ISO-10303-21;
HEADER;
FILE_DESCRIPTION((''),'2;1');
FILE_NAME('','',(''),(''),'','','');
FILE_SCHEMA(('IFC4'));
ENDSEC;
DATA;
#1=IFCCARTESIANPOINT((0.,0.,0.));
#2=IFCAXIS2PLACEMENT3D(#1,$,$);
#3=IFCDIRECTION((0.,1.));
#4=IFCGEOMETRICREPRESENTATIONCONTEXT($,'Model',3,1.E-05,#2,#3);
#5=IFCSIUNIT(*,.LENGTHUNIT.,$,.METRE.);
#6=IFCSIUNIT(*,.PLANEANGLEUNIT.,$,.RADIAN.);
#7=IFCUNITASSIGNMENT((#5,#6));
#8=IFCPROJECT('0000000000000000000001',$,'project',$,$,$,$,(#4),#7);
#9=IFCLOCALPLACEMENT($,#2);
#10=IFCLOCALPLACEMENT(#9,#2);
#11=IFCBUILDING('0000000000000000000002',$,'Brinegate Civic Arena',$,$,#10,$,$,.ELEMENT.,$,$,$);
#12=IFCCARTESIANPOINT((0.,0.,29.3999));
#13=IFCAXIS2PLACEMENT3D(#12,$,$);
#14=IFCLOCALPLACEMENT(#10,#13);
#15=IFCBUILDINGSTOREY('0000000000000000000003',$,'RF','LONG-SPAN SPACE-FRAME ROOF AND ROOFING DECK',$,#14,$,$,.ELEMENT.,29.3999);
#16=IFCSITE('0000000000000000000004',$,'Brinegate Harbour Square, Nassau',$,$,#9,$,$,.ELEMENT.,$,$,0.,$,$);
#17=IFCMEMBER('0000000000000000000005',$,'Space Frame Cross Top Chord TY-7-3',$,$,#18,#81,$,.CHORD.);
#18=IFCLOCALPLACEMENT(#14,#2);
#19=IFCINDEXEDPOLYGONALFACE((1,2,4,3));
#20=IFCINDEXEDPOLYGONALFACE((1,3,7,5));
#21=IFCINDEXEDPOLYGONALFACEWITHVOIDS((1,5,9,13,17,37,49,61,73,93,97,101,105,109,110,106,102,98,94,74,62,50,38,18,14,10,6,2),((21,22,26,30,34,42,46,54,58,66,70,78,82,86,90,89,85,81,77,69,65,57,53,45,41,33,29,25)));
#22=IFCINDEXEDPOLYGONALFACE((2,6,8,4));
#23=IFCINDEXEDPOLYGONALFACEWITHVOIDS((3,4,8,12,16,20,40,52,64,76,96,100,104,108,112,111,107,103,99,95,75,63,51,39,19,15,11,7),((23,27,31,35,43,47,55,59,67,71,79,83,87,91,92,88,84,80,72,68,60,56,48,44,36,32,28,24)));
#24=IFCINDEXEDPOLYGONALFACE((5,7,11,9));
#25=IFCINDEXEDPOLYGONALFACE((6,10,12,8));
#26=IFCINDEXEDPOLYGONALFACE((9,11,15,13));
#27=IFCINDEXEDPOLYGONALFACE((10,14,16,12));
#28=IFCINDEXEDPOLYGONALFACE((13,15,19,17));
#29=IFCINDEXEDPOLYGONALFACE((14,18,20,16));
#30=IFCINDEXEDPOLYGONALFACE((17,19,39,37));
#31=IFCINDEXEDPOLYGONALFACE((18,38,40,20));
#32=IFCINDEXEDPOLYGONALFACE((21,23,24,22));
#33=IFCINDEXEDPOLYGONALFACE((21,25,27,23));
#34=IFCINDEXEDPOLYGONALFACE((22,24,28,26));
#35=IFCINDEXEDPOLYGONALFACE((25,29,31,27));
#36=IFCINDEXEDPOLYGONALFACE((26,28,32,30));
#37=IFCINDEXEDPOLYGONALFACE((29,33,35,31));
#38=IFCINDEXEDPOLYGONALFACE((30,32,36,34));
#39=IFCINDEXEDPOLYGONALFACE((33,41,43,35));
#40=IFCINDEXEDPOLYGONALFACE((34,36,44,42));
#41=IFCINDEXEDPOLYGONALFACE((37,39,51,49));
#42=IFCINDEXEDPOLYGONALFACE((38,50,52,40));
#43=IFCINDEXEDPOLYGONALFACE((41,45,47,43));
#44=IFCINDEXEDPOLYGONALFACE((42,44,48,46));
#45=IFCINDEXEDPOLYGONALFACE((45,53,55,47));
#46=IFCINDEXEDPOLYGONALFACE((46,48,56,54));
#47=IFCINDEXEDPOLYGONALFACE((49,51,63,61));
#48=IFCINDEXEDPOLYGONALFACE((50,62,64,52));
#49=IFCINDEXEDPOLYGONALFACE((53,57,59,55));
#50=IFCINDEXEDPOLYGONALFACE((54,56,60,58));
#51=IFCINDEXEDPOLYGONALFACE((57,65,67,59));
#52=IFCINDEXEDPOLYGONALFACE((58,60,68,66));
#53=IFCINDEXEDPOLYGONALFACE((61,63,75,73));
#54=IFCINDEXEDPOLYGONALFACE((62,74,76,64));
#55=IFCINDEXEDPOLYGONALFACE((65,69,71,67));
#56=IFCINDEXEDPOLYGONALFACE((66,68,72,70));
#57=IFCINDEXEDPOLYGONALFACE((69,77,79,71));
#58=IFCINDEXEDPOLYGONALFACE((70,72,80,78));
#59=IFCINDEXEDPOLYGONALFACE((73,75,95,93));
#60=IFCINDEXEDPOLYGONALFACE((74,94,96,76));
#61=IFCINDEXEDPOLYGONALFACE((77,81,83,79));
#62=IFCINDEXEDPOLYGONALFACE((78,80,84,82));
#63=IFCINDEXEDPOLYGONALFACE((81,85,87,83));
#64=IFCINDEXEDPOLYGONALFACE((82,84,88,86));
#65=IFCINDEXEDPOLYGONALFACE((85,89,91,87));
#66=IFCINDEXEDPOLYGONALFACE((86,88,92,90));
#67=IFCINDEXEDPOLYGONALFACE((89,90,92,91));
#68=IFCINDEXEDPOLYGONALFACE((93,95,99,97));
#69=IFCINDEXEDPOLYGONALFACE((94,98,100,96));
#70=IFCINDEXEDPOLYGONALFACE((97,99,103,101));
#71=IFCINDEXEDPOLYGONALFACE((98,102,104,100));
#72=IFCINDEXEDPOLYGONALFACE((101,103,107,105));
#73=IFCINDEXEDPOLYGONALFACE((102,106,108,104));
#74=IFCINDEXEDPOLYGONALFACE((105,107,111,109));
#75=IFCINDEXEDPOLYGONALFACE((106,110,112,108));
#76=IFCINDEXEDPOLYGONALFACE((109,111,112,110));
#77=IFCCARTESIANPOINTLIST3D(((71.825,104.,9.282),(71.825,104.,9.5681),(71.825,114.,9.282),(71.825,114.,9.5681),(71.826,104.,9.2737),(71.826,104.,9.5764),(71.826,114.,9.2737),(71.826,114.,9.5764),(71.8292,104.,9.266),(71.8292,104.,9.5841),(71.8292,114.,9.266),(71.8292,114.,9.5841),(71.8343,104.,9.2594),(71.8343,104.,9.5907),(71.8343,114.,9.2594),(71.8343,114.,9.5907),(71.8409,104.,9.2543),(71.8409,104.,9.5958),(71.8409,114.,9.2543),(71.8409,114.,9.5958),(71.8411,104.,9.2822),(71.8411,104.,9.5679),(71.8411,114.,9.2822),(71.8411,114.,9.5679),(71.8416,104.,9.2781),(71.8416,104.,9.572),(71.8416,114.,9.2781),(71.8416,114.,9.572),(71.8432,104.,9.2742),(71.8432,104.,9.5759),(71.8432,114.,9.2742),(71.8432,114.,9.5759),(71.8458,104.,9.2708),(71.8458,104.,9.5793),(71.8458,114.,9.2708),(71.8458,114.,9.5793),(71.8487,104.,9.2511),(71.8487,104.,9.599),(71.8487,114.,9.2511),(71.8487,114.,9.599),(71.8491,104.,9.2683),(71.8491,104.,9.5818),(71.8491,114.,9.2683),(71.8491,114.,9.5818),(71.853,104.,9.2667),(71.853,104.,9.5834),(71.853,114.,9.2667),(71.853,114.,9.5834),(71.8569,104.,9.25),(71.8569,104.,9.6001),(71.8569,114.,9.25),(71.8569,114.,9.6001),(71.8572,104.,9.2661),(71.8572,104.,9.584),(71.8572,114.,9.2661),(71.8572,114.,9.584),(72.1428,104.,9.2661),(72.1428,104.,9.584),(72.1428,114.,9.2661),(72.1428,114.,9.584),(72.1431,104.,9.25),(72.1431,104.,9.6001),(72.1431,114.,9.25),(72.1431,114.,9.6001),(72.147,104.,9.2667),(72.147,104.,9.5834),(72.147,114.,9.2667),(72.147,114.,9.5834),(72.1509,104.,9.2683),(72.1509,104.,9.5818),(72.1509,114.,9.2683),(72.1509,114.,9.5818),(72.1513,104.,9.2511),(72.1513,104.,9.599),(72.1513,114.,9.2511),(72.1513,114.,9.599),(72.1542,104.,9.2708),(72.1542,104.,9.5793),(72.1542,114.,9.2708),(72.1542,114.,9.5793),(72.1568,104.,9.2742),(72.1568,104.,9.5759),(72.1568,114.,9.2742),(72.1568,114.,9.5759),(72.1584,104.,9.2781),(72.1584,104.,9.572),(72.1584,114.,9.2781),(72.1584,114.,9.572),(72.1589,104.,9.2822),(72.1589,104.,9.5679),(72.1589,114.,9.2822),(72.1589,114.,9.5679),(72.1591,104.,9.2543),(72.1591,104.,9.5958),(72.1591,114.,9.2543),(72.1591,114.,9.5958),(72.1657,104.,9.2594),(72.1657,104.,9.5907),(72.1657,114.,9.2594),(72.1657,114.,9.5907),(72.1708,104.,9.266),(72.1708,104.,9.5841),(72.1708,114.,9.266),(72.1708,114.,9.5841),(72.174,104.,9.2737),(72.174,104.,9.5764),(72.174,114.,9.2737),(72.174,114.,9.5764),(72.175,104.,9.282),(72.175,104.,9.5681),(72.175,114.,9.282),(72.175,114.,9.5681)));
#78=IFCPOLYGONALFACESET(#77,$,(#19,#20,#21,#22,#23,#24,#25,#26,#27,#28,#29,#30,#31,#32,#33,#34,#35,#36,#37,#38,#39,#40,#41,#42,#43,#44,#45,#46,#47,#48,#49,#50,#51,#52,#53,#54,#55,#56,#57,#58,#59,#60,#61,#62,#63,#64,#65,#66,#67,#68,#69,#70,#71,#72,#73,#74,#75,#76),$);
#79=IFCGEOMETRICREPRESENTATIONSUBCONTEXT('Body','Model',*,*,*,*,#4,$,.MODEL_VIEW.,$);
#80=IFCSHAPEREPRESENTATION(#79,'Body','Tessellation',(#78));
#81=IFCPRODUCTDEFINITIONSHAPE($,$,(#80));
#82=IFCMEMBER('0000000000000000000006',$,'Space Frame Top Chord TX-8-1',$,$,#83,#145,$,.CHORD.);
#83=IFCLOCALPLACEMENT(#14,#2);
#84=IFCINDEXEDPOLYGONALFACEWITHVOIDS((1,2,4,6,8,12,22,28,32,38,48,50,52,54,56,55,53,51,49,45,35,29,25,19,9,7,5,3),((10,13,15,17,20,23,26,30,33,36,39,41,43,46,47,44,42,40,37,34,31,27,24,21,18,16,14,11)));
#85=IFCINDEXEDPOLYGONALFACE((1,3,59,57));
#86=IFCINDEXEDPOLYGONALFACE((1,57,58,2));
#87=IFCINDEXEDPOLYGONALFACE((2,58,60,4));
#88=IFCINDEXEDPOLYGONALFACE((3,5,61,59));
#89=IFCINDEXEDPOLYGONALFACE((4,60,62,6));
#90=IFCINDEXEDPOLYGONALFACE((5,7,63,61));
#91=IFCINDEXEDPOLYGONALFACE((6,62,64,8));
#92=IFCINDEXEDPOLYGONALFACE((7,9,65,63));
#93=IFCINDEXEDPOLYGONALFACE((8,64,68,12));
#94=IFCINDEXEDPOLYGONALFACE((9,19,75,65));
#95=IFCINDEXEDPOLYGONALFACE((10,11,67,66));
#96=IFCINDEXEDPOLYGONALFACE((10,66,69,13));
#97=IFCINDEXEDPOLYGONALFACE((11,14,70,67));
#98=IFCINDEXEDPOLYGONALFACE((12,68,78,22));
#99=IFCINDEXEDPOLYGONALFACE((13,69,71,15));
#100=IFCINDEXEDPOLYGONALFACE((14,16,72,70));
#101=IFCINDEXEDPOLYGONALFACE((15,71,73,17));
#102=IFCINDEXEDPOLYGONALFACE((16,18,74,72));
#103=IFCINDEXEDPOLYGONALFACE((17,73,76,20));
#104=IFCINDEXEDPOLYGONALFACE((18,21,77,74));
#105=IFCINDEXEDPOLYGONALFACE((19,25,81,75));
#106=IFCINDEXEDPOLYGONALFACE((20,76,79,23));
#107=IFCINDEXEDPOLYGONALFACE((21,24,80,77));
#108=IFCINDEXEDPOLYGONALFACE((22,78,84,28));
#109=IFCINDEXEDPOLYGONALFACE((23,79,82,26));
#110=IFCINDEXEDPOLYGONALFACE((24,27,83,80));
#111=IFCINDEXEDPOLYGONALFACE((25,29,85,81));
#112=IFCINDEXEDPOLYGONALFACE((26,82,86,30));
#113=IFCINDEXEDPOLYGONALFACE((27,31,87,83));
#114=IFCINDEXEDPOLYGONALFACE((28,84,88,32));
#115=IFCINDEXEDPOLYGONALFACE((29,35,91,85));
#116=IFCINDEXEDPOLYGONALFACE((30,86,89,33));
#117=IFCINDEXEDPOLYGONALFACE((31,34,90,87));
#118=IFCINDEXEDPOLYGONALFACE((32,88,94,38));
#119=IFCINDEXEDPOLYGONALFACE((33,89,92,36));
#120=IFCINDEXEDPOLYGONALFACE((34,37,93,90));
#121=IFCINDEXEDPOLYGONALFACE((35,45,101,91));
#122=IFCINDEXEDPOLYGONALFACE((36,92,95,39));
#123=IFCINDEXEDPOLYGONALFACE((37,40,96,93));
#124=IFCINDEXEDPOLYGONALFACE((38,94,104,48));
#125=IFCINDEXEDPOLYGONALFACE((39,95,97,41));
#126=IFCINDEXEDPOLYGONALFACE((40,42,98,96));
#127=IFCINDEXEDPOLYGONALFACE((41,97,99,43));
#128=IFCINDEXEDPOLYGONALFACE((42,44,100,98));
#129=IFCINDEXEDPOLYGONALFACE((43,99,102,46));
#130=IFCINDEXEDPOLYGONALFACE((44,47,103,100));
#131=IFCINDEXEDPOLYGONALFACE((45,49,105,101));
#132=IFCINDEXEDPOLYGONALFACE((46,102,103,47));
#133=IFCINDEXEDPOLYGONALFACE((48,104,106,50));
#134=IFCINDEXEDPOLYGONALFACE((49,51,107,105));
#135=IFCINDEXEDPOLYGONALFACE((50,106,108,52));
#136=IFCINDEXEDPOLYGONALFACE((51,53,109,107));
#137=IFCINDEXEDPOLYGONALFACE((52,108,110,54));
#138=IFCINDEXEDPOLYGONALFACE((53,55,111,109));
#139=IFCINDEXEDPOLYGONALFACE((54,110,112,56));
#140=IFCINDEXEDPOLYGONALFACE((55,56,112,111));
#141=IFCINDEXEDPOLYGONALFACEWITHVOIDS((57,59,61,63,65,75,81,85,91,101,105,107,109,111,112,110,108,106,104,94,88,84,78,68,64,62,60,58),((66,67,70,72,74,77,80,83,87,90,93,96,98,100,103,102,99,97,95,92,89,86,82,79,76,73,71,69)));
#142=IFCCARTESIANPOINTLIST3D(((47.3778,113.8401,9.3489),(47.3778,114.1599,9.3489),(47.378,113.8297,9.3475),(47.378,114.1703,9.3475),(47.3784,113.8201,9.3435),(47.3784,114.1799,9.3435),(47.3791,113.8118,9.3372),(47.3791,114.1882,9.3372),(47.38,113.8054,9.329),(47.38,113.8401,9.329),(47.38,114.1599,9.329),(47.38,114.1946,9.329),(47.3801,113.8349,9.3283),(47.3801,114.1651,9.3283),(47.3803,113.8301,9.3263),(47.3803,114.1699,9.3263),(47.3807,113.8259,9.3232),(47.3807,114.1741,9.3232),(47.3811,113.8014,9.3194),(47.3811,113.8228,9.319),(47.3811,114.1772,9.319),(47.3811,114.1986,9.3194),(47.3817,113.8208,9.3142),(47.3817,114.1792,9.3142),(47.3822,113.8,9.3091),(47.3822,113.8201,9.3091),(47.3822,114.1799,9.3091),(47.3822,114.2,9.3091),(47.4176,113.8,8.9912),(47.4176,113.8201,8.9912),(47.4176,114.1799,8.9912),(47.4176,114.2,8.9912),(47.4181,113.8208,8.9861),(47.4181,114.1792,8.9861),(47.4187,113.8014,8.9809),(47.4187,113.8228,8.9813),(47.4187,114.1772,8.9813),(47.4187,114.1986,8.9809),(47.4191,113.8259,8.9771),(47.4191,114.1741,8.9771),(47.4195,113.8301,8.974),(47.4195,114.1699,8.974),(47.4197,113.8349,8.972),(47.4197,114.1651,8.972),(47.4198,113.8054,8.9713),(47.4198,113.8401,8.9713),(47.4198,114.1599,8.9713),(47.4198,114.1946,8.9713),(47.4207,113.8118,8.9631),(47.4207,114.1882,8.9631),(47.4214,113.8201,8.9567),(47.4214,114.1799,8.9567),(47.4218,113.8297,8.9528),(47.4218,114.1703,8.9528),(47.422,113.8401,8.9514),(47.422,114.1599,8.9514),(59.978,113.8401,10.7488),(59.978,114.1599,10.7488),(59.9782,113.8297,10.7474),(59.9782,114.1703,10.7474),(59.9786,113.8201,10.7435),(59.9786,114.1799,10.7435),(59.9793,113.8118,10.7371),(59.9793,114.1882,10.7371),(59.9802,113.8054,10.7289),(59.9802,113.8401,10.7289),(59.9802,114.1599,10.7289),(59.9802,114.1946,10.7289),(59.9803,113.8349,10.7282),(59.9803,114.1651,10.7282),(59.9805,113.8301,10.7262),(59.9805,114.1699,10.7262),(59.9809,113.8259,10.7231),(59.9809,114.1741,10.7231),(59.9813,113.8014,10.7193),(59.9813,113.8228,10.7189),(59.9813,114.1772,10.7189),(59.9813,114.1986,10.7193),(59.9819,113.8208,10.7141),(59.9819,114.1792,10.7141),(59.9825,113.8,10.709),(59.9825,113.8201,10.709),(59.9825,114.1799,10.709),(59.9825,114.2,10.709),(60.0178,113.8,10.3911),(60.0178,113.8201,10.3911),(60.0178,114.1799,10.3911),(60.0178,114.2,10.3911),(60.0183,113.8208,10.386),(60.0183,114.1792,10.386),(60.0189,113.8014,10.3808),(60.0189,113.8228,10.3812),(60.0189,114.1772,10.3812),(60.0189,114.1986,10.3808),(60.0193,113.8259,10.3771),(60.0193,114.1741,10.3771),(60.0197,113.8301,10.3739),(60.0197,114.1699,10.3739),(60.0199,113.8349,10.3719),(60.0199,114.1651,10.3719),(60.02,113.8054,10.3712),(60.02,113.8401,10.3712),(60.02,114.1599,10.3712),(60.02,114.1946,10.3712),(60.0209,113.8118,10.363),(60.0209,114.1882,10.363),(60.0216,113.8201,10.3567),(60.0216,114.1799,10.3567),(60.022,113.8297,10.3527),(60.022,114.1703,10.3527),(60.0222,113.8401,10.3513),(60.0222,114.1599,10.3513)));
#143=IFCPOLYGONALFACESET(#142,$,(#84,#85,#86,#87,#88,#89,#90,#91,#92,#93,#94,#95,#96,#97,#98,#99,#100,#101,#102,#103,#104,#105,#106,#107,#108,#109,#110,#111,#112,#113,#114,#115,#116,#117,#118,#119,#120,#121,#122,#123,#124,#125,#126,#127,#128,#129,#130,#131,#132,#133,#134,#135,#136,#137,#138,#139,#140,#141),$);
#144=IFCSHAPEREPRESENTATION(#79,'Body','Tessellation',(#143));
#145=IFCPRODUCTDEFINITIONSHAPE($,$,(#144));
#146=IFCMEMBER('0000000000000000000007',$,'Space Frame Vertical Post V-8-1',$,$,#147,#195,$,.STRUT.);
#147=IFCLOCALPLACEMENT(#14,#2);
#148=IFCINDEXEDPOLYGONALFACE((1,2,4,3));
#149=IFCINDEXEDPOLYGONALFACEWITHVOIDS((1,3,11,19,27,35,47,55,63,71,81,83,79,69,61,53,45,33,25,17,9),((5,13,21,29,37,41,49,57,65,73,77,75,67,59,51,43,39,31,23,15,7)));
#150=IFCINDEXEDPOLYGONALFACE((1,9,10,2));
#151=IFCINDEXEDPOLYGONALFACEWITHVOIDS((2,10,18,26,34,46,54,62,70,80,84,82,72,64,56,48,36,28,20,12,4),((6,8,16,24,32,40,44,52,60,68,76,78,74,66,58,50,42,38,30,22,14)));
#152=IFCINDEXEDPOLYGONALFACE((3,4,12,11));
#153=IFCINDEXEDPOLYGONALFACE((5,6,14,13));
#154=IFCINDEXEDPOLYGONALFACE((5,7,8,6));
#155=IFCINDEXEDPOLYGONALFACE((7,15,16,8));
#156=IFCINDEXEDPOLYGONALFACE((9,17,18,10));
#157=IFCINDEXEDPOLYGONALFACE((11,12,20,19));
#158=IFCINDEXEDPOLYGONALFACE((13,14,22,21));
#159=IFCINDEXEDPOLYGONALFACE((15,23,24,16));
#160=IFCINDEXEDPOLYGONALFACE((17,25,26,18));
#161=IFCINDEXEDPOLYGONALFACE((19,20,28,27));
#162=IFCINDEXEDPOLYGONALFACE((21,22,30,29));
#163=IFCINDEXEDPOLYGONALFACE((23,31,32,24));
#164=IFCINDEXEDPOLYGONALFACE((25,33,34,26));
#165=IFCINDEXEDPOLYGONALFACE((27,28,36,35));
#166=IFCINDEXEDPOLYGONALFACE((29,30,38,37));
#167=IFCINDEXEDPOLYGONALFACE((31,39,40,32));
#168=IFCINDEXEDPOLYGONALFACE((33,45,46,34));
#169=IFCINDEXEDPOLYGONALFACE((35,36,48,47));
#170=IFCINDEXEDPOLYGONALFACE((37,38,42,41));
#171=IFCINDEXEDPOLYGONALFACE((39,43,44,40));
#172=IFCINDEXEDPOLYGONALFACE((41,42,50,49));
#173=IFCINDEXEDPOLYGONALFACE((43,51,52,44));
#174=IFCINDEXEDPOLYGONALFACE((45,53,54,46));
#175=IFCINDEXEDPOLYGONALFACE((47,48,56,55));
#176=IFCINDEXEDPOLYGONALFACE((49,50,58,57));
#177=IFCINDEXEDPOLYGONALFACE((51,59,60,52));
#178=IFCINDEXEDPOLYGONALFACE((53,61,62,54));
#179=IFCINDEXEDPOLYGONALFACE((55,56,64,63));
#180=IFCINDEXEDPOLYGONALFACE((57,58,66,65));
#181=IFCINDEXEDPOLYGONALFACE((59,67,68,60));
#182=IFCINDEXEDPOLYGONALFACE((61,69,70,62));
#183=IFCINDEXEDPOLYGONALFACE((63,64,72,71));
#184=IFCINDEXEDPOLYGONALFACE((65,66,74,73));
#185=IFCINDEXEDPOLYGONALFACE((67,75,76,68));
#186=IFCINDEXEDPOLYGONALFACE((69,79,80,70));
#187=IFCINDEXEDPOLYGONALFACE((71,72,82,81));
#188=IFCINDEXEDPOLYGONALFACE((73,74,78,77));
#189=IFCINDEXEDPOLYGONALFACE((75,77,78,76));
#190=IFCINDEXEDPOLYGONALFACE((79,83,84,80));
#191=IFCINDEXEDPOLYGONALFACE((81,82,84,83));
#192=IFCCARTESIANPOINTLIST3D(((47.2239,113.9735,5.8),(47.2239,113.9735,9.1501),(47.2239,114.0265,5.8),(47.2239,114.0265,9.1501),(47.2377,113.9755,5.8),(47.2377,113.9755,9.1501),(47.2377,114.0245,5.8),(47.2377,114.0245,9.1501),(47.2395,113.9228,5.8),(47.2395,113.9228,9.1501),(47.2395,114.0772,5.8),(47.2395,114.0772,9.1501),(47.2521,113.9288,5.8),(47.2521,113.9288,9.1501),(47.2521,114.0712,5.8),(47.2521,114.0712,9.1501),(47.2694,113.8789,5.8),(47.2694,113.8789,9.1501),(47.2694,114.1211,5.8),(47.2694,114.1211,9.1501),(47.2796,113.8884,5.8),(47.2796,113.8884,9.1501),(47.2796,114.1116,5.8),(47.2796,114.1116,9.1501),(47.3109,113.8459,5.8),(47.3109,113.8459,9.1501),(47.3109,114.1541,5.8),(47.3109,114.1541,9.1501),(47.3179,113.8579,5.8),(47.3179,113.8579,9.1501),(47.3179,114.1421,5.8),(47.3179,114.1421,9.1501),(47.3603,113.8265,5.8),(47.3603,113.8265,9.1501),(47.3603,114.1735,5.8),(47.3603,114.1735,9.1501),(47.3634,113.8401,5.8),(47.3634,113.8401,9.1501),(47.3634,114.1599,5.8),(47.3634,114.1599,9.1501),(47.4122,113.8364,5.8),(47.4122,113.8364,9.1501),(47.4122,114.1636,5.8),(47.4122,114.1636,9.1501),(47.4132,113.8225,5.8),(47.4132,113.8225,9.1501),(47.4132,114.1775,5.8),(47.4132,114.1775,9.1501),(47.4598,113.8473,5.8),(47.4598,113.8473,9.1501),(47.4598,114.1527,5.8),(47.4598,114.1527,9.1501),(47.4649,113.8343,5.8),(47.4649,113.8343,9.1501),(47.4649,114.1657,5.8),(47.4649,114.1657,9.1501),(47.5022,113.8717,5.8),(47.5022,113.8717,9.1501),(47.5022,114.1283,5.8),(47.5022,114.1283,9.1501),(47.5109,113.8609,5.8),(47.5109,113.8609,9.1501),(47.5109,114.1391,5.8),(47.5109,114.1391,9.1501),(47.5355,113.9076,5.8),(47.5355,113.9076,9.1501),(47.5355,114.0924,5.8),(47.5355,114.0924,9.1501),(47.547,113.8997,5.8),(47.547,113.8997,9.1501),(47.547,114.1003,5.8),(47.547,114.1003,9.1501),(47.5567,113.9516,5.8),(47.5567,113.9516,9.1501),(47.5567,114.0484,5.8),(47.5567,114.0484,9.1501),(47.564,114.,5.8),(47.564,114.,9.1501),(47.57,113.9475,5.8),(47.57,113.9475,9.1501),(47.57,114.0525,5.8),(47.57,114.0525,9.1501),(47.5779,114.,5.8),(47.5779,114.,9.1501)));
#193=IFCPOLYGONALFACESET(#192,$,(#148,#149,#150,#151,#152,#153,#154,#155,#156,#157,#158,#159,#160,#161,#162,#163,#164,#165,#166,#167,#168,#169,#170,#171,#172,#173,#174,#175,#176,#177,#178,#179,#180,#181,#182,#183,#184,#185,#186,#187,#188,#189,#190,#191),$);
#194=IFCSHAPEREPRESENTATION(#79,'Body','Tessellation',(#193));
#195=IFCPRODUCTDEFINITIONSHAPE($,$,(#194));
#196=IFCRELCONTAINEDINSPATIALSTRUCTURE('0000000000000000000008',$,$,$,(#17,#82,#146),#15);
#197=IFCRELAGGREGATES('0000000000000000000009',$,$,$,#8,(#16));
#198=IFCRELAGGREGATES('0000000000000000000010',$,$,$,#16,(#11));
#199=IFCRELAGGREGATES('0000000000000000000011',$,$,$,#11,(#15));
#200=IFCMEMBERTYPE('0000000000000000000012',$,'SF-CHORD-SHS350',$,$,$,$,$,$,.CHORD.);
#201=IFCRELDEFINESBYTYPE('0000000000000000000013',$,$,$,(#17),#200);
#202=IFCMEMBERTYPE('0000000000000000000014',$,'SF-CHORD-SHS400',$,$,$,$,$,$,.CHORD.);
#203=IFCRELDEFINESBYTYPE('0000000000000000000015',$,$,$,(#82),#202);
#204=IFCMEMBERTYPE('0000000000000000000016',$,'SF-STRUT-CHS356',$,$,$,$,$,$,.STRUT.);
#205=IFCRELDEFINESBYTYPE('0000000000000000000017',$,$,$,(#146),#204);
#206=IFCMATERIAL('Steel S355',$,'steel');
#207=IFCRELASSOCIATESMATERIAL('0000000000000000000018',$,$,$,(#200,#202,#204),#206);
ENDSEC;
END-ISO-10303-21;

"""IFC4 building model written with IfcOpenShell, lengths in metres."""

from ifc_helpers import new_model, si_unit, direction, frame, origin, origin_2d, place, context, subcontext, project, spatial, hollow_rectangle, hollow_circle, extrude, material, material_profile, profile_set, type_object, element, save


model = new_model("IFC4")

# Units and contexts
model_context = context("Model", 3, precision=1e-05, world=origin(), true_north=direction((0.0, 1.0)))
body_context = subcontext(model_context, "Body", "Model", "MODEL_VIEW")
ifc_project = project(units=[si_unit("LENGTHUNIT", "METRE"), si_unit("PLANEANGLEUNIT", "RADIAN")], contexts=[model_context])

# Site, building, storey
site_placement = place(None, origin())
site = spatial("IfcSite", under=ifc_project, at=site_placement, Name="Brinegate Harbour Square, Nassau", CompositionType="ELEMENT", RefElevation=0.0)
building_placement = place(site_placement, origin())
building = spatial("IfcBuilding", under=site, at=building_placement, Name="Brinegate Civic Arena", CompositionType="ELEMENT")
storey_placement = place(building_placement, frame((0.0, 0.0, 29.3999)))
storey = spatial("IfcBuildingStorey", under=building, at=storey_placement, Name="RF", Description="LONG-SPAN SPACE-FRAME ROOF AND ROOFING DECK", CompositionType="ELEMENT", Elevation=29.3999)

# Shared definitions
ifc_material_1 = material(Name="Steel S355", Category="steel")

# Members
ifc_material_profile_1 = material_profile(ifc_material_1, hollow_rectangle(XDim=0.3501, YDim=0.3501, WallThickness=0.0161, InnerFilletRadius=0.0161, OuterFilletRadius=0.032, at=origin_2d()), Name="SHS350X16")
ifc_profile_set_1 = profile_set([ifc_material_profile_1], Name="Steel S355")
member_type_1 = type_object("IfcMemberType", Name="SF-CHORD-SHS350", PredefinedType="CHORD", material=ifc_profile_set_1)
member_1_placement = place(storey_placement, frame((72.0, 104.0, 9.425), z_axis=(0.0, 1.0, 0.0), x_axis=(-1.0, 0.0, 0.0)))
element("IfcMember", 1, at=member_1_placement, inside=storey, type_object=member_type_1, Name="Space Frame Cross Top Chord TY-7-3", PredefinedType="CHORD", context=body_context, shape_type="SweptSolid", body=[
    extrude(hollow_rectangle(XDim=0.3501, YDim=0.3501, WallThickness=0.0161, InnerFilletRadius=0.0161, OuterFilletRadius=0.032, at=origin_2d()), origin(), (0.0, 0.0, 1.0), 10.0),
])
ifc_material_profile_2 = material_profile(ifc_material_1, hollow_rectangle(XDim=0.3999, YDim=0.3999, WallThickness=0.02, InnerFilletRadius=0.02, OuterFilletRadius=0.04, at=origin_2d()), Name="SHS400X20")
ifc_profile_set_2 = profile_set([ifc_material_profile_2], Name="Steel S355")
member_type_2 = type_object("IfcMemberType", Name="SF-CHORD-SHS400", PredefinedType="CHORD", material=ifc_profile_set_2)
member_2_placement = place(storey_placement, frame((47.3999, 114.0, 9.1501), z_axis=(0.993885, 0.0, 0.110423), x_axis=(0.0, 1.0, 0.0)))
element("IfcMember", 2, at=member_2_placement, inside=storey, type_object=member_type_2, Name="Space Frame Top Chord TX-8-1", PredefinedType="CHORD", context=body_context, shape_type="SweptSolid", body=[
    extrude(hollow_rectangle(XDim=0.3999, YDim=0.3999, WallThickness=0.02, InnerFilletRadius=0.02, OuterFilletRadius=0.04, at=origin_2d()), origin(), (0.0, 0.0, 1.0), 12.6777),
])
ifc_material_profile_3 = material_profile(ifc_material_1, hollow_circle(Radius=0.178, WallThickness=0.0139, at=origin_2d()), Name="CHS356X14")
ifc_profile_set_3 = profile_set([ifc_material_profile_3], Name="Steel S355")
member_type_3 = type_object("IfcMemberType", Name="SF-STRUT-CHS356", PredefinedType="STRUT", material=ifc_profile_set_3)
member_3_placement = place(storey_placement, frame((47.3999, 114.0, 5.8), z_axis=(0.0, 0.0, 1.0), x_axis=(1.0, 0.0, 0.0)))
element("IfcMember", 3, at=member_3_placement, inside=storey, type_object=member_type_3, Name="Space Frame Vertical Post V-8-1", PredefinedType="STRUT", context=body_context, shape_type="SweptSolid", body=[
    extrude(hollow_circle(Radius=0.178, WallThickness=0.0139, at=origin_2d()), origin(), (0.0, 0.0, 1.0), 3.3501),
])

save(model, "model.ifc")
